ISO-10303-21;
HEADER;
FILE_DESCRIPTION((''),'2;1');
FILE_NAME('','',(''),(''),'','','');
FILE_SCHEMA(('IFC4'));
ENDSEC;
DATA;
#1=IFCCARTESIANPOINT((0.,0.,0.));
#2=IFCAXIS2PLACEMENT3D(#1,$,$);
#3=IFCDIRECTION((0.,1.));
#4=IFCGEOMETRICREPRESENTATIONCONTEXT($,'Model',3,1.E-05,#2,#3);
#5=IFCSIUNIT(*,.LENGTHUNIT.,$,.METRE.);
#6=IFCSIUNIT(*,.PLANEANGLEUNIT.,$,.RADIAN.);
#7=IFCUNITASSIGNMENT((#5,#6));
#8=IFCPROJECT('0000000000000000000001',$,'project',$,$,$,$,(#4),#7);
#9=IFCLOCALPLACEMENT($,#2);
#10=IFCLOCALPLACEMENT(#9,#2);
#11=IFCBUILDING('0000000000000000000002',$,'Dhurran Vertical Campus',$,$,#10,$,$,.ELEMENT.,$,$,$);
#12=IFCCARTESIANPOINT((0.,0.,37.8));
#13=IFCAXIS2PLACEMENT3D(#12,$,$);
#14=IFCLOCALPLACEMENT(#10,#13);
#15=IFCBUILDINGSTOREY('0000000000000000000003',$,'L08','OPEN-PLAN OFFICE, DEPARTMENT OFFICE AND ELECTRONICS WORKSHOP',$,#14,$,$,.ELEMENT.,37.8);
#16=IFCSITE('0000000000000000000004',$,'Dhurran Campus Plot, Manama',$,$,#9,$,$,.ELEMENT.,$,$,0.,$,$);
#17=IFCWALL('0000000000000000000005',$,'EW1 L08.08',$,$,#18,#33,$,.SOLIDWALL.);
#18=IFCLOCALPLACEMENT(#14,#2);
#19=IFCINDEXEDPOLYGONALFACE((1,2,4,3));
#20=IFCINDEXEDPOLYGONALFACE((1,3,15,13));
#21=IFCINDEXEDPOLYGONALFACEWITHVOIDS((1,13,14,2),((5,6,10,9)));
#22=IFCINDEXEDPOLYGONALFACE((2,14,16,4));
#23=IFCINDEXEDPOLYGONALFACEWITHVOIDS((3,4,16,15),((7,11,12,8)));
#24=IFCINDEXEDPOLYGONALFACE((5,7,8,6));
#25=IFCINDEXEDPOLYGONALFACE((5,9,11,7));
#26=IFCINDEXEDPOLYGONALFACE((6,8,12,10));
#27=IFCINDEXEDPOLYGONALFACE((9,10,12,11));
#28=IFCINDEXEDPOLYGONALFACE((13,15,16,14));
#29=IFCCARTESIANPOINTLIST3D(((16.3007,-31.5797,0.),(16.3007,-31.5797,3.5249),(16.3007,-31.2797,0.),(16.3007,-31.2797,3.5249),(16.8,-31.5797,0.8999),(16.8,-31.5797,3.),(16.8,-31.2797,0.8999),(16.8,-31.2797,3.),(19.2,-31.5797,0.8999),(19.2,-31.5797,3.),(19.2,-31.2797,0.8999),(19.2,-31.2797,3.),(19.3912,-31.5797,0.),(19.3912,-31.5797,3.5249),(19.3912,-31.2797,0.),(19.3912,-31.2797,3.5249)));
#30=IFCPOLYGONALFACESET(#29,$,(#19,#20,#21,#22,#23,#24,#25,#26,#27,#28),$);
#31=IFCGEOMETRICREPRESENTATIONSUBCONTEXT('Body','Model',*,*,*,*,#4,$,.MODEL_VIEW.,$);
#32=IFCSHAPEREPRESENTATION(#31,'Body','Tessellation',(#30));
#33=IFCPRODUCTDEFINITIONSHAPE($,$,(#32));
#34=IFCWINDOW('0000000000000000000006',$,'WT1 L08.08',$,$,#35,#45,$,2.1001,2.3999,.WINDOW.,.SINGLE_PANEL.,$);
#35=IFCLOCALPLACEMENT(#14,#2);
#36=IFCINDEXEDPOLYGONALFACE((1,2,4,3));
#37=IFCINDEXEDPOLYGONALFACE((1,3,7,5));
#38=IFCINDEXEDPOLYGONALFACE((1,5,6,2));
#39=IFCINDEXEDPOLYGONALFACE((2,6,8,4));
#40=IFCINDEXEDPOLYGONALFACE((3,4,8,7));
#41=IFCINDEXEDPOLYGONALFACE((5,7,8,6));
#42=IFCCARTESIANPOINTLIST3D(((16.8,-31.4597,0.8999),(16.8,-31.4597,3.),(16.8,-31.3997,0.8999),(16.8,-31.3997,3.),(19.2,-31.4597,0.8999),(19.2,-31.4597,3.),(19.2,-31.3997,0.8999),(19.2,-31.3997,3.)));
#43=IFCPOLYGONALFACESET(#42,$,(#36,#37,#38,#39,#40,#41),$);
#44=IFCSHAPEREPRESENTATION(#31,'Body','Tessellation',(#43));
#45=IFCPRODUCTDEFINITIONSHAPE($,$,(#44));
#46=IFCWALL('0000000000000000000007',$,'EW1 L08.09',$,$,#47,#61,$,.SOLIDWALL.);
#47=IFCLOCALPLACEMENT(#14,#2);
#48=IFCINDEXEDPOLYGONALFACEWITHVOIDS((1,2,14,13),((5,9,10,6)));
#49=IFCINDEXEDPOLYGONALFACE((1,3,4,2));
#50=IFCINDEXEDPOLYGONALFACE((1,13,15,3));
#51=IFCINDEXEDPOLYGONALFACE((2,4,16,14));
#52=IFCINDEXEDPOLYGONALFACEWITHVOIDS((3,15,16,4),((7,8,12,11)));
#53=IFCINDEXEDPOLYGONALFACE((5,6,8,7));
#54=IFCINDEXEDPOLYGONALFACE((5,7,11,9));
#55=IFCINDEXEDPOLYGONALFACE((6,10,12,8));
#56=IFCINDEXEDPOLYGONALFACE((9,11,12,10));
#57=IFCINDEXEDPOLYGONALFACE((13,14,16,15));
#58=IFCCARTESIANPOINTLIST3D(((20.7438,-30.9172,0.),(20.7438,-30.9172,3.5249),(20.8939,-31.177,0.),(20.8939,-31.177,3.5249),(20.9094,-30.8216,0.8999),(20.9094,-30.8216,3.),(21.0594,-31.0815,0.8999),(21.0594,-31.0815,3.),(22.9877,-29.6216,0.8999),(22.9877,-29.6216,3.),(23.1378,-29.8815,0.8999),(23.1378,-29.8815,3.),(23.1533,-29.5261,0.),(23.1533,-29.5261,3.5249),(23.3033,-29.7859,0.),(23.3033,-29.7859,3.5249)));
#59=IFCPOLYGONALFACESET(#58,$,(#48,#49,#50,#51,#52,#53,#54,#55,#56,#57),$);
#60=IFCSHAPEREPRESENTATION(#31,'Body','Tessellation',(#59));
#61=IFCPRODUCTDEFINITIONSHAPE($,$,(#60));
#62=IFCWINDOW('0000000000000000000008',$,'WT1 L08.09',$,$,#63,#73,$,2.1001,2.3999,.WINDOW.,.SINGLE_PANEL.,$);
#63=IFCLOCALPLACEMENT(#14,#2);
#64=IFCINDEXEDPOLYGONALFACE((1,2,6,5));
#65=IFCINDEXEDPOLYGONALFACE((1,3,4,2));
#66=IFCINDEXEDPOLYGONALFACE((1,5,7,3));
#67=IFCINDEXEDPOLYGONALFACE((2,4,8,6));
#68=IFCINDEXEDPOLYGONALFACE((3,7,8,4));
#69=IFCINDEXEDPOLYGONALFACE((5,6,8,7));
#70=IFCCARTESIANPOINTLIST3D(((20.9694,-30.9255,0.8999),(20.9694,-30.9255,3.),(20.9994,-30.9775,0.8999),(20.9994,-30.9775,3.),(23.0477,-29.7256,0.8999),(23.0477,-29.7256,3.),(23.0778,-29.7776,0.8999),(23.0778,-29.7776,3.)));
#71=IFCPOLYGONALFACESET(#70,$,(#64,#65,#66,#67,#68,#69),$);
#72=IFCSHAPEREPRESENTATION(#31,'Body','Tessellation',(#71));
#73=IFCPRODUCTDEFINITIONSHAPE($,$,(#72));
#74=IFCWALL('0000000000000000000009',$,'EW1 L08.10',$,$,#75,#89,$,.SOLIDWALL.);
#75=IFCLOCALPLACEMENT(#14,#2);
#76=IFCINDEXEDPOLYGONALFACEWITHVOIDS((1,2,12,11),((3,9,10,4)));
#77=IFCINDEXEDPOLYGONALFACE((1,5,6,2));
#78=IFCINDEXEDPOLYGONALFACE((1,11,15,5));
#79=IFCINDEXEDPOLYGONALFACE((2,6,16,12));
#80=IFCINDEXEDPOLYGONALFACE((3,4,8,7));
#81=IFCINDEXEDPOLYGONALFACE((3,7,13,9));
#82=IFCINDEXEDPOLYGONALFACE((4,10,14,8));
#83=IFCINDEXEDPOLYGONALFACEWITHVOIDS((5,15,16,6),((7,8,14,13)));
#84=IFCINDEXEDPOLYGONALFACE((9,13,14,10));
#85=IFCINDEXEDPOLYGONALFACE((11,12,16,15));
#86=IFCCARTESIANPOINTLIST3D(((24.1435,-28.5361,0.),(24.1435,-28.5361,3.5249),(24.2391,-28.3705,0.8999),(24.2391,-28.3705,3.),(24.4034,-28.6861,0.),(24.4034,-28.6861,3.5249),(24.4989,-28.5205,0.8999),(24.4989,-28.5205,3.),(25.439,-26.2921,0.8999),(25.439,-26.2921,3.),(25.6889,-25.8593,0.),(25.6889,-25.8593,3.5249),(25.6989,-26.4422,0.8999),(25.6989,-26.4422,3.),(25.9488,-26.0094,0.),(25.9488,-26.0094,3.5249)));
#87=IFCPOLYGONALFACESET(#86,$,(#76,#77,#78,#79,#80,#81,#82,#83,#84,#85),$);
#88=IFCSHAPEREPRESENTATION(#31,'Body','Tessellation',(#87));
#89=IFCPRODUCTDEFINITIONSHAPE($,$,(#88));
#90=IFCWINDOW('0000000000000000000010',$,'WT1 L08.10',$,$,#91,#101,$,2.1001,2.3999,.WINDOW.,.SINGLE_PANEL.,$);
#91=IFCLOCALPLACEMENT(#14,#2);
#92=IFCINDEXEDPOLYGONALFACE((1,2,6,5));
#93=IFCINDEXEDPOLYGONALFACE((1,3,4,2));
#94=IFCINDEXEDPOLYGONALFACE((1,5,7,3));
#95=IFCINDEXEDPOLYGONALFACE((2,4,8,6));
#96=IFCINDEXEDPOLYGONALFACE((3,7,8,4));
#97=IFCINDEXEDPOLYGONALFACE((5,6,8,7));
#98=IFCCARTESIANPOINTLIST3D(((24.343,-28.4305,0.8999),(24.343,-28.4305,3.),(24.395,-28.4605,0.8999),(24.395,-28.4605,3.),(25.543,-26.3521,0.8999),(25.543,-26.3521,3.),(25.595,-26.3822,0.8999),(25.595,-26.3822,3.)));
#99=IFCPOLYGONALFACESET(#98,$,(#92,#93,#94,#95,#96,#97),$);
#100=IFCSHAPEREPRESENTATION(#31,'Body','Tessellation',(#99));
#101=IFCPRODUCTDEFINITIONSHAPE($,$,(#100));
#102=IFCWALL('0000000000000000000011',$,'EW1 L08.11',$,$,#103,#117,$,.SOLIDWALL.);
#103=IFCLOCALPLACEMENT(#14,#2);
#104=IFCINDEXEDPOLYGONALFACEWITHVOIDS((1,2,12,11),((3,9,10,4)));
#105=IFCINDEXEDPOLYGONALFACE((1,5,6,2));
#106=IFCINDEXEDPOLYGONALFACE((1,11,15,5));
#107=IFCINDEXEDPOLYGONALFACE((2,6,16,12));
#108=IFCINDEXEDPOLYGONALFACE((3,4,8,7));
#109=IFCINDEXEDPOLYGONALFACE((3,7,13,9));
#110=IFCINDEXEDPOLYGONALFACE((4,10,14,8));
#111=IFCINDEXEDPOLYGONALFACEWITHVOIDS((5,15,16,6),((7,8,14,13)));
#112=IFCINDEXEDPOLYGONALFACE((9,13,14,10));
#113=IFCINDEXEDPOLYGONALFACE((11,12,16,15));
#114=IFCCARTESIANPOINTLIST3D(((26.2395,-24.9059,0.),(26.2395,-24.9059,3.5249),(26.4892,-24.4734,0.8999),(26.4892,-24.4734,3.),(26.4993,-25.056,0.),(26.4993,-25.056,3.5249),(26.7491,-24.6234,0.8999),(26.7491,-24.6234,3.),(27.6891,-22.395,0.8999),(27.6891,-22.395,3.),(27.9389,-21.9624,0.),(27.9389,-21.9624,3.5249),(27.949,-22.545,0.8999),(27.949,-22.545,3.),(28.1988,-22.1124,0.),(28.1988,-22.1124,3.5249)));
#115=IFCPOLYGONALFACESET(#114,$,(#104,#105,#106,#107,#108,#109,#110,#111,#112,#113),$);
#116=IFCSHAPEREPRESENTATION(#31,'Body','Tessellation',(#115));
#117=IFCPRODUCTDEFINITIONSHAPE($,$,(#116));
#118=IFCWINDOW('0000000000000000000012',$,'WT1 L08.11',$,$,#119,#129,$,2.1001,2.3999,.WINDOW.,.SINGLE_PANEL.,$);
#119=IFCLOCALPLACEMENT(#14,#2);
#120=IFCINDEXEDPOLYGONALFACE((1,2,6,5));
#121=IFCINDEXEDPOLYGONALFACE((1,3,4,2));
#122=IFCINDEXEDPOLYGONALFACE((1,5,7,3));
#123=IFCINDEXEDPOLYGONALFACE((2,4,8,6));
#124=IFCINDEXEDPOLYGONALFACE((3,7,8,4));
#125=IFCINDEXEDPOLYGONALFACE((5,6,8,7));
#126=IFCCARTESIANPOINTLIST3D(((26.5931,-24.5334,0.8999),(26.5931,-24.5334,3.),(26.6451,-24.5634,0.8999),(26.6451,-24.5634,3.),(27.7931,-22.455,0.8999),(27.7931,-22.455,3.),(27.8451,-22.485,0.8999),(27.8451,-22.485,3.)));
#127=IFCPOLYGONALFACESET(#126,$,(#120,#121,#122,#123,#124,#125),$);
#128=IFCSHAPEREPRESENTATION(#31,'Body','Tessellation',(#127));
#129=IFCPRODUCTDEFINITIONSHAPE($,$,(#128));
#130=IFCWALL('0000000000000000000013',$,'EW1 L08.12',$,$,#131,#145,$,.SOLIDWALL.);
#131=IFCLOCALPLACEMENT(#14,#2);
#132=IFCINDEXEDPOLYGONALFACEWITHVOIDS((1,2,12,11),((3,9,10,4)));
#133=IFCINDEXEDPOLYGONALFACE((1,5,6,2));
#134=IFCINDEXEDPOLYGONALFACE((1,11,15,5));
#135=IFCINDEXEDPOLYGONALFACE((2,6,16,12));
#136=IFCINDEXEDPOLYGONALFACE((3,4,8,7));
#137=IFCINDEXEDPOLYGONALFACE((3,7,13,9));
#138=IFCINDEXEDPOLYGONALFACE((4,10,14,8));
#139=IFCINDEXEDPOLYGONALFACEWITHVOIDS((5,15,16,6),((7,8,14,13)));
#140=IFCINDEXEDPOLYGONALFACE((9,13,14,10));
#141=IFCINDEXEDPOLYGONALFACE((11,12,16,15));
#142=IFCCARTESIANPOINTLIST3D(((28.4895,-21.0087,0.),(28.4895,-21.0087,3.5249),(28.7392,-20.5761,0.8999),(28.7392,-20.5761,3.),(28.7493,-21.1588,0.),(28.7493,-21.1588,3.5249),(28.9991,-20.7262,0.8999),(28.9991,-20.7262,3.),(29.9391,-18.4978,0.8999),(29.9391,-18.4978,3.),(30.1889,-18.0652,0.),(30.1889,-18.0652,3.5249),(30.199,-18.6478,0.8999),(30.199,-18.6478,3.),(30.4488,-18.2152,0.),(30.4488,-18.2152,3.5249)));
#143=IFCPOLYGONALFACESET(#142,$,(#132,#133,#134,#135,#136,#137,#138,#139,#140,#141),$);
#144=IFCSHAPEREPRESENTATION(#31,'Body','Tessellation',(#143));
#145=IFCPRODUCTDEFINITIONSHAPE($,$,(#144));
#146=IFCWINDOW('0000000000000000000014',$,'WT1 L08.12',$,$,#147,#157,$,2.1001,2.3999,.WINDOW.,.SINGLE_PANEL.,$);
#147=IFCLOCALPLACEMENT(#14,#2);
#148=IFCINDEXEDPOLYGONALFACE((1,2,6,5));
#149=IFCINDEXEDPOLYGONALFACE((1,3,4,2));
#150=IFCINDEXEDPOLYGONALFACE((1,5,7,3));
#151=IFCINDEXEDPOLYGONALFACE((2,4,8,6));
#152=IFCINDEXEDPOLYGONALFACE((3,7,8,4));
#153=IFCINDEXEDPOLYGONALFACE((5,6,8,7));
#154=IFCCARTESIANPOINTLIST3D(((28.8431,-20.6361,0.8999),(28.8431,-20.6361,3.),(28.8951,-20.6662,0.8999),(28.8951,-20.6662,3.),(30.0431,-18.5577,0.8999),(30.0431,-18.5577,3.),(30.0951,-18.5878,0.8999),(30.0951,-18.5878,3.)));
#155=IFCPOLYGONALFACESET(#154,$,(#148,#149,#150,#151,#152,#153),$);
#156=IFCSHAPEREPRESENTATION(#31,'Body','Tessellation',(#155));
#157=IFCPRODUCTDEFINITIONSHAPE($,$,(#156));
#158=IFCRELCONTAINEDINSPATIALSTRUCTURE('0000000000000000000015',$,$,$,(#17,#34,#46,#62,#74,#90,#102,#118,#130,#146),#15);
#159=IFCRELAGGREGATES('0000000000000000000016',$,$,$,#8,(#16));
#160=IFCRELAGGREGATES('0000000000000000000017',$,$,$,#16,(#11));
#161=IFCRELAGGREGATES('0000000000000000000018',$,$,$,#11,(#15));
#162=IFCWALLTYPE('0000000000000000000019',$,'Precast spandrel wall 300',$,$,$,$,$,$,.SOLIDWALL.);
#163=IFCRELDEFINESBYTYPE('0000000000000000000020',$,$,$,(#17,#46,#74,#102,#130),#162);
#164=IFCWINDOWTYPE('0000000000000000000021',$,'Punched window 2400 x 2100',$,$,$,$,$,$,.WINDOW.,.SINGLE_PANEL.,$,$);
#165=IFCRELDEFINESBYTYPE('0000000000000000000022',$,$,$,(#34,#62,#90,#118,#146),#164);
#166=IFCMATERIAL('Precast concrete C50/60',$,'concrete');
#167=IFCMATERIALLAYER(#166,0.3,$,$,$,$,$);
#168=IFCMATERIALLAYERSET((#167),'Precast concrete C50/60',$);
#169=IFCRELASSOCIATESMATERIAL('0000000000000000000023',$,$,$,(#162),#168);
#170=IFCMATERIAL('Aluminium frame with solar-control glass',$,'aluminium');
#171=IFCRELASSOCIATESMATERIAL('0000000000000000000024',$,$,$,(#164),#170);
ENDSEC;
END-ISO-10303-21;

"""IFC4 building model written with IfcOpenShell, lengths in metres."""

from ifc_helpers import new_model, si_unit, direction, frame, frame_2d, origin, place, context, subcontext, project, spatial, rectangle, extrude, material, layer, layer_set, type_object, element, fill, save


model = new_model("IFC4")

# Units and contexts
model_context = context("Model", 3, precision=1e-05, world=origin(), true_north=direction((0.0, 1.0)))
body_context = subcontext(model_context, "Body", "Model", "MODEL_VIEW")
ifc_project = project(units=[si_unit("LENGTHUNIT", "METRE"), si_unit("PLANEANGLEUNIT", "RADIAN")], contexts=[model_context])

# Site, building, storey
site_placement = place(None, origin())
site = spatial("IfcSite", under=ifc_project, at=site_placement, Name="Dhurran Campus Plot, Manama", CompositionType="ELEMENT", RefElevation=0.0)
building_placement = place(site_placement, origin())
building = spatial("IfcBuilding", under=site, at=building_placement, Name="Dhurran Vertical Campus", CompositionType="ELEMENT")
storey_placement = place(building_placement, frame((0.0, 0.0, 37.8)))
storey = spatial("IfcBuildingStorey", under=building, at=storey_placement, Name="L08", Description="OPEN-PLAN OFFICE, DEPARTMENT OFFICE AND ELECTRONICS WORKSHOP", CompositionType="ELEMENT", Elevation=37.8)

# Walls, openings, windows
ifc_material_1 = material(Name="Precast concrete C50/60", Category="concrete")
ifc_layer_1 = layer(ifc_material_1, 0.3)
ifc_layer_set_1 = layer_set([ifc_layer_1], Name="Precast concrete C50/60")
wall_type_1 = type_object("IfcWallType", Name="Precast spandrel wall 300", PredefinedType="SOLIDWALL", material=ifc_layer_set_1)
wall_1_placement = place(storey_placement, frame((16.3005, -31.4297, 0.0), z_axis=(0.0, 0.0, 1.0), x_axis=(1.0, 0.0, 0.0)))
wall_1 = element("IfcWall", 1, at=wall_1_placement, inside=storey, type_object=wall_type_1, Name="EW1 L08.08", PredefinedType="SOLIDWALL", context=body_context, shape_type="SweptSolid", body=[
    extrude(rectangle(XDim=3.0906, YDim=0.3, at=frame_2d((1.5454, 0.0))), origin(), (0.0, 0.0, 1.0), 3.5249),
])
opening_1_placement = place(wall_1_placement, frame((0.4995, 0.0, 0.8999)))
opening_1 = element("IfcOpeningElement", 2, at=opening_1_placement, cuts=wall_1, PredefinedType="OPENING", context=body_context, shape_type="SweptSolid", body=[
    extrude(rectangle(XDim=2.3999, YDim=2.1001, at=frame_2d((1.2, 1.05))), frame((0.0, 0.1599, 0.0), z_axis=(0.0, -1.0, 0.0), x_axis=(1.0, 0.0, 0.0)), (0.0, 0.0, 1.0), 0.3201),
])
ifc_material_2 = material(Name="Aluminium frame with solar-control glass", Category="aluminium")
window_type = type_object("IfcWindowType", Name="Punched window 2400 x 2100", PartitioningType="SINGLE_PANEL", PredefinedType="WINDOW", material=ifc_material_2)
window_1_placement = place(opening_1_placement, origin())
window_1 = element("IfcWindow", 3, at=window_1_placement, inside=storey, type_object=window_type, Name="WT1 L08.08", OverallHeight=2.1001, OverallWidth=2.3999, PartitioningType="SINGLE_PANEL", PredefinedType="WINDOW", context=body_context, shape_type="SweptSolid", body=[
    extrude(rectangle(XDim=2.3999, YDim=2.1001, at=frame_2d((1.2, 1.05))), frame((0.0, 0.03, 0.0), z_axis=(0.0, -1.0, 0.0), x_axis=(1.0, 0.0, 0.0)), (0.0, 0.0, 1.0), 0.0601),
])
fill(opening_1, window_1)
wall_2_placement = place(storey_placement, frame((20.8188, -31.0471, 0.0), z_axis=(0.0, 0.0, 1.0), x_axis=(0.86602, 0.500009, 0.0)))
wall_2 = element("IfcWall", 4, at=wall_2_placement, inside=storey, type_object=wall_type_1, Name="EW1 L08.09", PredefinedType="SOLIDWALL", context=body_context, shape_type="SweptSolid", body=[
    extrude(rectangle(XDim=2.7822, YDim=0.3, at=frame_2d((1.3911, 0.0))), origin(), (0.0, 0.0, 1.0), 3.5249),
])
opening_2_placement = place(wall_2_placement, frame((0.1912, 0.0, 0.8999)))
opening_2 = element("IfcOpeningElement", 5, at=opening_2_placement, cuts=wall_2, PredefinedType="OPENING", context=body_context, shape_type="SweptSolid", body=[
    extrude(rectangle(XDim=2.3999, YDim=2.1001, at=frame_2d((1.2, 1.05))), frame((0.0, 0.1599, 0.0), z_axis=(0.0, -1.0, 0.0), x_axis=(1.0, 0.0, 0.0)), (0.0, 0.0, 1.0), 0.3201),
])
window_2_placement = place(opening_2_placement, origin())
window_2 = element("IfcWindow", 6, at=window_2_placement, inside=storey, type_object=window_type, Name="WT1 L08.09", OverallHeight=2.1001, OverallWidth=2.3999, PartitioningType="SINGLE_PANEL", PredefinedType="WINDOW", context=body_context, shape_type="SweptSolid", body=[
    extrude(rectangle(XDim=2.3999, YDim=2.1001, at=frame_2d((1.2, 1.05))), frame((0.0, 0.03, 0.0), z_axis=(0.0, -1.0, 0.0), x_axis=(1.0, 0.0, 0.0)), (0.0, 0.0, 1.0), 0.0601),
])
fill(opening_2, window_2)
wall_3_placement = place(storey_placement, frame((24.2734, -28.6111, 0.0), z_axis=(0.0, 0.0, 1.0), x_axis=(0.499996, 0.866028, 0.0)))
wall_3 = element("IfcWall", 7, at=wall_3_placement, inside=storey, type_object=wall_type_1, Name="EW1 L08.10", PredefinedType="SOLIDWALL", context=body_context, shape_type="SweptSolid", body=[
    extrude(rectangle(XDim=3.0908, YDim=0.3, at=frame_2d((1.5454, 0.0))), origin(), (0.0, 0.0, 1.0), 3.5249),
])
opening_3_placement = place(wall_3_placement, frame((0.1912, 0.0, 0.8999)))
opening_3 = element("IfcOpeningElement", 8, at=opening_3_placement, cuts=wall_3, PredefinedType="OPENING", context=body_context, shape_type="SweptSolid", body=[
    extrude(rectangle(XDim=2.3999, YDim=2.1001, at=frame_2d((1.2, 1.05))), frame((0.0, 0.1599, 0.0), z_axis=(0.0, -1.0, 0.0), x_axis=(1.0, 0.0, 0.0)), (0.0, 0.0, 1.0), 0.3201),
])
window_3_placement = place(opening_3_placement, origin())
window_3 = element("IfcWindow", 9, at=window_3_placement, inside=storey, type_object=window_type, Name="WT1 L08.10", OverallHeight=2.1001, OverallWidth=2.3999, PartitioningType="SINGLE_PANEL", PredefinedType="WINDOW", context=body_context, shape_type="SweptSolid", body=[
    extrude(rectangle(XDim=2.3999, YDim=2.1001, at=frame_2d((1.2, 1.05))), frame((0.0, 0.03, 0.0), z_axis=(0.0, -1.0, 0.0), x_axis=(1.0, 0.0, 0.0)), (0.0, 0.0, 1.0), 0.0601),
])
fill(opening_3, window_3)
wall_4_placement = place(storey_placement, frame((26.3694, -24.981, 0.0), z_axis=(0.0, 0.0, 1.0), x_axis=(0.499994, 0.866029, 0.0)))
wall_4 = element("IfcWall", 10, at=wall_4_placement, inside=storey, type_object=wall_type_1, Name="EW1 L08.11", PredefinedType="SOLIDWALL", context=body_context, shape_type="SweptSolid", body=[
    extrude(rectangle(XDim=3.3989, YDim=0.3, at=frame_2d((1.6995, 0.0))), origin(), (0.0, 0.0, 1.0), 3.5249),
])
opening_4_placement = place(wall_4_placement, frame((0.4995, 0.0, 0.8999)))
opening_4 = element("IfcOpeningElement", 11, at=opening_4_placement, cuts=wall_4, PredefinedType="OPENING", context=body_context, shape_type="SweptSolid", body=[
    extrude(rectangle(XDim=2.3999, YDim=2.1001, at=frame_2d((1.2, 1.05))), frame((0.0, 0.1599, 0.0), z_axis=(0.0, -1.0, 0.0), x_axis=(1.0, 0.0, 0.0)), (0.0, 0.0, 1.0), 0.3201),
])
window_4_placement = place(opening_4_placement, origin())
window_4 = element("IfcWindow", 12, at=window_4_placement, inside=storey, type_object=window_type, Name="WT1 L08.11", OverallHeight=2.1001, OverallWidth=2.3999, PartitioningType="SINGLE_PANEL", PredefinedType="WINDOW", context=body_context, shape_type="SweptSolid", body=[
    extrude(rectangle(XDim=2.3999, YDim=2.1001, at=frame_2d((1.2, 1.05))), frame((0.0, 0.03, 0.0), z_axis=(0.0, -1.0, 0.0), x_axis=(1.0, 0.0, 0.0)), (0.0, 0.0, 1.0), 0.0601),
])
fill(opening_4, window_4)
wall_5_placement = place(storey_placement, frame((28.6194, -21.0837, 0.0), z_axis=(0.0, 0.0, 1.0), x_axis=(0.499994, 0.866029, 0.0)))
wall_5 = element("IfcWall", 13, at=wall_5_placement, inside=storey, type_object=wall_type_1, Name="EW1 L08.12", PredefinedType="SOLIDWALL", context=body_context, shape_type="SweptSolid", body=[
    extrude(rectangle(XDim=3.3989, YDim=0.3, at=frame_2d((1.6995, 0.0))), origin(), (0.0, 0.0, 1.0), 3.5249),
])
opening_5_placement = place(wall_5_placement, frame((0.4995, 0.0, 0.8999)))
opening_5 = element("IfcOpeningElement", 14, at=opening_5_placement, cuts=wall_5, PredefinedType="OPENING", context=body_context, shape_type="SweptSolid", body=[
    extrude(rectangle(XDim=2.3999, YDim=2.1001, at=frame_2d((1.2, 1.05))), frame((0.0, 0.1599, 0.0), z_axis=(0.0, -1.0, 0.0), x_axis=(1.0, 0.0, 0.0)), (0.0, 0.0, 1.0), 0.3201),
])
window_5_placement = place(opening_5_placement, origin())
window_5 = element("IfcWindow", 15, at=window_5_placement, inside=storey, type_object=window_type, Name="WT1 L08.12", OverallHeight=2.1001, OverallWidth=2.3999, PartitioningType="SINGLE_PANEL", PredefinedType="WINDOW", context=body_context, shape_type="SweptSolid", body=[
    extrude(rectangle(XDim=2.3999, YDim=2.1001, at=frame_2d((1.2, 1.05))), frame((0.0, 0.03, 0.0), z_axis=(0.0, -1.0, 0.0), x_axis=(1.0, 0.0, 0.0)), (0.0, 0.0, 1.0), 0.0601),
])
fill(opening_5, window_5)

save(model, "model.ifc")
